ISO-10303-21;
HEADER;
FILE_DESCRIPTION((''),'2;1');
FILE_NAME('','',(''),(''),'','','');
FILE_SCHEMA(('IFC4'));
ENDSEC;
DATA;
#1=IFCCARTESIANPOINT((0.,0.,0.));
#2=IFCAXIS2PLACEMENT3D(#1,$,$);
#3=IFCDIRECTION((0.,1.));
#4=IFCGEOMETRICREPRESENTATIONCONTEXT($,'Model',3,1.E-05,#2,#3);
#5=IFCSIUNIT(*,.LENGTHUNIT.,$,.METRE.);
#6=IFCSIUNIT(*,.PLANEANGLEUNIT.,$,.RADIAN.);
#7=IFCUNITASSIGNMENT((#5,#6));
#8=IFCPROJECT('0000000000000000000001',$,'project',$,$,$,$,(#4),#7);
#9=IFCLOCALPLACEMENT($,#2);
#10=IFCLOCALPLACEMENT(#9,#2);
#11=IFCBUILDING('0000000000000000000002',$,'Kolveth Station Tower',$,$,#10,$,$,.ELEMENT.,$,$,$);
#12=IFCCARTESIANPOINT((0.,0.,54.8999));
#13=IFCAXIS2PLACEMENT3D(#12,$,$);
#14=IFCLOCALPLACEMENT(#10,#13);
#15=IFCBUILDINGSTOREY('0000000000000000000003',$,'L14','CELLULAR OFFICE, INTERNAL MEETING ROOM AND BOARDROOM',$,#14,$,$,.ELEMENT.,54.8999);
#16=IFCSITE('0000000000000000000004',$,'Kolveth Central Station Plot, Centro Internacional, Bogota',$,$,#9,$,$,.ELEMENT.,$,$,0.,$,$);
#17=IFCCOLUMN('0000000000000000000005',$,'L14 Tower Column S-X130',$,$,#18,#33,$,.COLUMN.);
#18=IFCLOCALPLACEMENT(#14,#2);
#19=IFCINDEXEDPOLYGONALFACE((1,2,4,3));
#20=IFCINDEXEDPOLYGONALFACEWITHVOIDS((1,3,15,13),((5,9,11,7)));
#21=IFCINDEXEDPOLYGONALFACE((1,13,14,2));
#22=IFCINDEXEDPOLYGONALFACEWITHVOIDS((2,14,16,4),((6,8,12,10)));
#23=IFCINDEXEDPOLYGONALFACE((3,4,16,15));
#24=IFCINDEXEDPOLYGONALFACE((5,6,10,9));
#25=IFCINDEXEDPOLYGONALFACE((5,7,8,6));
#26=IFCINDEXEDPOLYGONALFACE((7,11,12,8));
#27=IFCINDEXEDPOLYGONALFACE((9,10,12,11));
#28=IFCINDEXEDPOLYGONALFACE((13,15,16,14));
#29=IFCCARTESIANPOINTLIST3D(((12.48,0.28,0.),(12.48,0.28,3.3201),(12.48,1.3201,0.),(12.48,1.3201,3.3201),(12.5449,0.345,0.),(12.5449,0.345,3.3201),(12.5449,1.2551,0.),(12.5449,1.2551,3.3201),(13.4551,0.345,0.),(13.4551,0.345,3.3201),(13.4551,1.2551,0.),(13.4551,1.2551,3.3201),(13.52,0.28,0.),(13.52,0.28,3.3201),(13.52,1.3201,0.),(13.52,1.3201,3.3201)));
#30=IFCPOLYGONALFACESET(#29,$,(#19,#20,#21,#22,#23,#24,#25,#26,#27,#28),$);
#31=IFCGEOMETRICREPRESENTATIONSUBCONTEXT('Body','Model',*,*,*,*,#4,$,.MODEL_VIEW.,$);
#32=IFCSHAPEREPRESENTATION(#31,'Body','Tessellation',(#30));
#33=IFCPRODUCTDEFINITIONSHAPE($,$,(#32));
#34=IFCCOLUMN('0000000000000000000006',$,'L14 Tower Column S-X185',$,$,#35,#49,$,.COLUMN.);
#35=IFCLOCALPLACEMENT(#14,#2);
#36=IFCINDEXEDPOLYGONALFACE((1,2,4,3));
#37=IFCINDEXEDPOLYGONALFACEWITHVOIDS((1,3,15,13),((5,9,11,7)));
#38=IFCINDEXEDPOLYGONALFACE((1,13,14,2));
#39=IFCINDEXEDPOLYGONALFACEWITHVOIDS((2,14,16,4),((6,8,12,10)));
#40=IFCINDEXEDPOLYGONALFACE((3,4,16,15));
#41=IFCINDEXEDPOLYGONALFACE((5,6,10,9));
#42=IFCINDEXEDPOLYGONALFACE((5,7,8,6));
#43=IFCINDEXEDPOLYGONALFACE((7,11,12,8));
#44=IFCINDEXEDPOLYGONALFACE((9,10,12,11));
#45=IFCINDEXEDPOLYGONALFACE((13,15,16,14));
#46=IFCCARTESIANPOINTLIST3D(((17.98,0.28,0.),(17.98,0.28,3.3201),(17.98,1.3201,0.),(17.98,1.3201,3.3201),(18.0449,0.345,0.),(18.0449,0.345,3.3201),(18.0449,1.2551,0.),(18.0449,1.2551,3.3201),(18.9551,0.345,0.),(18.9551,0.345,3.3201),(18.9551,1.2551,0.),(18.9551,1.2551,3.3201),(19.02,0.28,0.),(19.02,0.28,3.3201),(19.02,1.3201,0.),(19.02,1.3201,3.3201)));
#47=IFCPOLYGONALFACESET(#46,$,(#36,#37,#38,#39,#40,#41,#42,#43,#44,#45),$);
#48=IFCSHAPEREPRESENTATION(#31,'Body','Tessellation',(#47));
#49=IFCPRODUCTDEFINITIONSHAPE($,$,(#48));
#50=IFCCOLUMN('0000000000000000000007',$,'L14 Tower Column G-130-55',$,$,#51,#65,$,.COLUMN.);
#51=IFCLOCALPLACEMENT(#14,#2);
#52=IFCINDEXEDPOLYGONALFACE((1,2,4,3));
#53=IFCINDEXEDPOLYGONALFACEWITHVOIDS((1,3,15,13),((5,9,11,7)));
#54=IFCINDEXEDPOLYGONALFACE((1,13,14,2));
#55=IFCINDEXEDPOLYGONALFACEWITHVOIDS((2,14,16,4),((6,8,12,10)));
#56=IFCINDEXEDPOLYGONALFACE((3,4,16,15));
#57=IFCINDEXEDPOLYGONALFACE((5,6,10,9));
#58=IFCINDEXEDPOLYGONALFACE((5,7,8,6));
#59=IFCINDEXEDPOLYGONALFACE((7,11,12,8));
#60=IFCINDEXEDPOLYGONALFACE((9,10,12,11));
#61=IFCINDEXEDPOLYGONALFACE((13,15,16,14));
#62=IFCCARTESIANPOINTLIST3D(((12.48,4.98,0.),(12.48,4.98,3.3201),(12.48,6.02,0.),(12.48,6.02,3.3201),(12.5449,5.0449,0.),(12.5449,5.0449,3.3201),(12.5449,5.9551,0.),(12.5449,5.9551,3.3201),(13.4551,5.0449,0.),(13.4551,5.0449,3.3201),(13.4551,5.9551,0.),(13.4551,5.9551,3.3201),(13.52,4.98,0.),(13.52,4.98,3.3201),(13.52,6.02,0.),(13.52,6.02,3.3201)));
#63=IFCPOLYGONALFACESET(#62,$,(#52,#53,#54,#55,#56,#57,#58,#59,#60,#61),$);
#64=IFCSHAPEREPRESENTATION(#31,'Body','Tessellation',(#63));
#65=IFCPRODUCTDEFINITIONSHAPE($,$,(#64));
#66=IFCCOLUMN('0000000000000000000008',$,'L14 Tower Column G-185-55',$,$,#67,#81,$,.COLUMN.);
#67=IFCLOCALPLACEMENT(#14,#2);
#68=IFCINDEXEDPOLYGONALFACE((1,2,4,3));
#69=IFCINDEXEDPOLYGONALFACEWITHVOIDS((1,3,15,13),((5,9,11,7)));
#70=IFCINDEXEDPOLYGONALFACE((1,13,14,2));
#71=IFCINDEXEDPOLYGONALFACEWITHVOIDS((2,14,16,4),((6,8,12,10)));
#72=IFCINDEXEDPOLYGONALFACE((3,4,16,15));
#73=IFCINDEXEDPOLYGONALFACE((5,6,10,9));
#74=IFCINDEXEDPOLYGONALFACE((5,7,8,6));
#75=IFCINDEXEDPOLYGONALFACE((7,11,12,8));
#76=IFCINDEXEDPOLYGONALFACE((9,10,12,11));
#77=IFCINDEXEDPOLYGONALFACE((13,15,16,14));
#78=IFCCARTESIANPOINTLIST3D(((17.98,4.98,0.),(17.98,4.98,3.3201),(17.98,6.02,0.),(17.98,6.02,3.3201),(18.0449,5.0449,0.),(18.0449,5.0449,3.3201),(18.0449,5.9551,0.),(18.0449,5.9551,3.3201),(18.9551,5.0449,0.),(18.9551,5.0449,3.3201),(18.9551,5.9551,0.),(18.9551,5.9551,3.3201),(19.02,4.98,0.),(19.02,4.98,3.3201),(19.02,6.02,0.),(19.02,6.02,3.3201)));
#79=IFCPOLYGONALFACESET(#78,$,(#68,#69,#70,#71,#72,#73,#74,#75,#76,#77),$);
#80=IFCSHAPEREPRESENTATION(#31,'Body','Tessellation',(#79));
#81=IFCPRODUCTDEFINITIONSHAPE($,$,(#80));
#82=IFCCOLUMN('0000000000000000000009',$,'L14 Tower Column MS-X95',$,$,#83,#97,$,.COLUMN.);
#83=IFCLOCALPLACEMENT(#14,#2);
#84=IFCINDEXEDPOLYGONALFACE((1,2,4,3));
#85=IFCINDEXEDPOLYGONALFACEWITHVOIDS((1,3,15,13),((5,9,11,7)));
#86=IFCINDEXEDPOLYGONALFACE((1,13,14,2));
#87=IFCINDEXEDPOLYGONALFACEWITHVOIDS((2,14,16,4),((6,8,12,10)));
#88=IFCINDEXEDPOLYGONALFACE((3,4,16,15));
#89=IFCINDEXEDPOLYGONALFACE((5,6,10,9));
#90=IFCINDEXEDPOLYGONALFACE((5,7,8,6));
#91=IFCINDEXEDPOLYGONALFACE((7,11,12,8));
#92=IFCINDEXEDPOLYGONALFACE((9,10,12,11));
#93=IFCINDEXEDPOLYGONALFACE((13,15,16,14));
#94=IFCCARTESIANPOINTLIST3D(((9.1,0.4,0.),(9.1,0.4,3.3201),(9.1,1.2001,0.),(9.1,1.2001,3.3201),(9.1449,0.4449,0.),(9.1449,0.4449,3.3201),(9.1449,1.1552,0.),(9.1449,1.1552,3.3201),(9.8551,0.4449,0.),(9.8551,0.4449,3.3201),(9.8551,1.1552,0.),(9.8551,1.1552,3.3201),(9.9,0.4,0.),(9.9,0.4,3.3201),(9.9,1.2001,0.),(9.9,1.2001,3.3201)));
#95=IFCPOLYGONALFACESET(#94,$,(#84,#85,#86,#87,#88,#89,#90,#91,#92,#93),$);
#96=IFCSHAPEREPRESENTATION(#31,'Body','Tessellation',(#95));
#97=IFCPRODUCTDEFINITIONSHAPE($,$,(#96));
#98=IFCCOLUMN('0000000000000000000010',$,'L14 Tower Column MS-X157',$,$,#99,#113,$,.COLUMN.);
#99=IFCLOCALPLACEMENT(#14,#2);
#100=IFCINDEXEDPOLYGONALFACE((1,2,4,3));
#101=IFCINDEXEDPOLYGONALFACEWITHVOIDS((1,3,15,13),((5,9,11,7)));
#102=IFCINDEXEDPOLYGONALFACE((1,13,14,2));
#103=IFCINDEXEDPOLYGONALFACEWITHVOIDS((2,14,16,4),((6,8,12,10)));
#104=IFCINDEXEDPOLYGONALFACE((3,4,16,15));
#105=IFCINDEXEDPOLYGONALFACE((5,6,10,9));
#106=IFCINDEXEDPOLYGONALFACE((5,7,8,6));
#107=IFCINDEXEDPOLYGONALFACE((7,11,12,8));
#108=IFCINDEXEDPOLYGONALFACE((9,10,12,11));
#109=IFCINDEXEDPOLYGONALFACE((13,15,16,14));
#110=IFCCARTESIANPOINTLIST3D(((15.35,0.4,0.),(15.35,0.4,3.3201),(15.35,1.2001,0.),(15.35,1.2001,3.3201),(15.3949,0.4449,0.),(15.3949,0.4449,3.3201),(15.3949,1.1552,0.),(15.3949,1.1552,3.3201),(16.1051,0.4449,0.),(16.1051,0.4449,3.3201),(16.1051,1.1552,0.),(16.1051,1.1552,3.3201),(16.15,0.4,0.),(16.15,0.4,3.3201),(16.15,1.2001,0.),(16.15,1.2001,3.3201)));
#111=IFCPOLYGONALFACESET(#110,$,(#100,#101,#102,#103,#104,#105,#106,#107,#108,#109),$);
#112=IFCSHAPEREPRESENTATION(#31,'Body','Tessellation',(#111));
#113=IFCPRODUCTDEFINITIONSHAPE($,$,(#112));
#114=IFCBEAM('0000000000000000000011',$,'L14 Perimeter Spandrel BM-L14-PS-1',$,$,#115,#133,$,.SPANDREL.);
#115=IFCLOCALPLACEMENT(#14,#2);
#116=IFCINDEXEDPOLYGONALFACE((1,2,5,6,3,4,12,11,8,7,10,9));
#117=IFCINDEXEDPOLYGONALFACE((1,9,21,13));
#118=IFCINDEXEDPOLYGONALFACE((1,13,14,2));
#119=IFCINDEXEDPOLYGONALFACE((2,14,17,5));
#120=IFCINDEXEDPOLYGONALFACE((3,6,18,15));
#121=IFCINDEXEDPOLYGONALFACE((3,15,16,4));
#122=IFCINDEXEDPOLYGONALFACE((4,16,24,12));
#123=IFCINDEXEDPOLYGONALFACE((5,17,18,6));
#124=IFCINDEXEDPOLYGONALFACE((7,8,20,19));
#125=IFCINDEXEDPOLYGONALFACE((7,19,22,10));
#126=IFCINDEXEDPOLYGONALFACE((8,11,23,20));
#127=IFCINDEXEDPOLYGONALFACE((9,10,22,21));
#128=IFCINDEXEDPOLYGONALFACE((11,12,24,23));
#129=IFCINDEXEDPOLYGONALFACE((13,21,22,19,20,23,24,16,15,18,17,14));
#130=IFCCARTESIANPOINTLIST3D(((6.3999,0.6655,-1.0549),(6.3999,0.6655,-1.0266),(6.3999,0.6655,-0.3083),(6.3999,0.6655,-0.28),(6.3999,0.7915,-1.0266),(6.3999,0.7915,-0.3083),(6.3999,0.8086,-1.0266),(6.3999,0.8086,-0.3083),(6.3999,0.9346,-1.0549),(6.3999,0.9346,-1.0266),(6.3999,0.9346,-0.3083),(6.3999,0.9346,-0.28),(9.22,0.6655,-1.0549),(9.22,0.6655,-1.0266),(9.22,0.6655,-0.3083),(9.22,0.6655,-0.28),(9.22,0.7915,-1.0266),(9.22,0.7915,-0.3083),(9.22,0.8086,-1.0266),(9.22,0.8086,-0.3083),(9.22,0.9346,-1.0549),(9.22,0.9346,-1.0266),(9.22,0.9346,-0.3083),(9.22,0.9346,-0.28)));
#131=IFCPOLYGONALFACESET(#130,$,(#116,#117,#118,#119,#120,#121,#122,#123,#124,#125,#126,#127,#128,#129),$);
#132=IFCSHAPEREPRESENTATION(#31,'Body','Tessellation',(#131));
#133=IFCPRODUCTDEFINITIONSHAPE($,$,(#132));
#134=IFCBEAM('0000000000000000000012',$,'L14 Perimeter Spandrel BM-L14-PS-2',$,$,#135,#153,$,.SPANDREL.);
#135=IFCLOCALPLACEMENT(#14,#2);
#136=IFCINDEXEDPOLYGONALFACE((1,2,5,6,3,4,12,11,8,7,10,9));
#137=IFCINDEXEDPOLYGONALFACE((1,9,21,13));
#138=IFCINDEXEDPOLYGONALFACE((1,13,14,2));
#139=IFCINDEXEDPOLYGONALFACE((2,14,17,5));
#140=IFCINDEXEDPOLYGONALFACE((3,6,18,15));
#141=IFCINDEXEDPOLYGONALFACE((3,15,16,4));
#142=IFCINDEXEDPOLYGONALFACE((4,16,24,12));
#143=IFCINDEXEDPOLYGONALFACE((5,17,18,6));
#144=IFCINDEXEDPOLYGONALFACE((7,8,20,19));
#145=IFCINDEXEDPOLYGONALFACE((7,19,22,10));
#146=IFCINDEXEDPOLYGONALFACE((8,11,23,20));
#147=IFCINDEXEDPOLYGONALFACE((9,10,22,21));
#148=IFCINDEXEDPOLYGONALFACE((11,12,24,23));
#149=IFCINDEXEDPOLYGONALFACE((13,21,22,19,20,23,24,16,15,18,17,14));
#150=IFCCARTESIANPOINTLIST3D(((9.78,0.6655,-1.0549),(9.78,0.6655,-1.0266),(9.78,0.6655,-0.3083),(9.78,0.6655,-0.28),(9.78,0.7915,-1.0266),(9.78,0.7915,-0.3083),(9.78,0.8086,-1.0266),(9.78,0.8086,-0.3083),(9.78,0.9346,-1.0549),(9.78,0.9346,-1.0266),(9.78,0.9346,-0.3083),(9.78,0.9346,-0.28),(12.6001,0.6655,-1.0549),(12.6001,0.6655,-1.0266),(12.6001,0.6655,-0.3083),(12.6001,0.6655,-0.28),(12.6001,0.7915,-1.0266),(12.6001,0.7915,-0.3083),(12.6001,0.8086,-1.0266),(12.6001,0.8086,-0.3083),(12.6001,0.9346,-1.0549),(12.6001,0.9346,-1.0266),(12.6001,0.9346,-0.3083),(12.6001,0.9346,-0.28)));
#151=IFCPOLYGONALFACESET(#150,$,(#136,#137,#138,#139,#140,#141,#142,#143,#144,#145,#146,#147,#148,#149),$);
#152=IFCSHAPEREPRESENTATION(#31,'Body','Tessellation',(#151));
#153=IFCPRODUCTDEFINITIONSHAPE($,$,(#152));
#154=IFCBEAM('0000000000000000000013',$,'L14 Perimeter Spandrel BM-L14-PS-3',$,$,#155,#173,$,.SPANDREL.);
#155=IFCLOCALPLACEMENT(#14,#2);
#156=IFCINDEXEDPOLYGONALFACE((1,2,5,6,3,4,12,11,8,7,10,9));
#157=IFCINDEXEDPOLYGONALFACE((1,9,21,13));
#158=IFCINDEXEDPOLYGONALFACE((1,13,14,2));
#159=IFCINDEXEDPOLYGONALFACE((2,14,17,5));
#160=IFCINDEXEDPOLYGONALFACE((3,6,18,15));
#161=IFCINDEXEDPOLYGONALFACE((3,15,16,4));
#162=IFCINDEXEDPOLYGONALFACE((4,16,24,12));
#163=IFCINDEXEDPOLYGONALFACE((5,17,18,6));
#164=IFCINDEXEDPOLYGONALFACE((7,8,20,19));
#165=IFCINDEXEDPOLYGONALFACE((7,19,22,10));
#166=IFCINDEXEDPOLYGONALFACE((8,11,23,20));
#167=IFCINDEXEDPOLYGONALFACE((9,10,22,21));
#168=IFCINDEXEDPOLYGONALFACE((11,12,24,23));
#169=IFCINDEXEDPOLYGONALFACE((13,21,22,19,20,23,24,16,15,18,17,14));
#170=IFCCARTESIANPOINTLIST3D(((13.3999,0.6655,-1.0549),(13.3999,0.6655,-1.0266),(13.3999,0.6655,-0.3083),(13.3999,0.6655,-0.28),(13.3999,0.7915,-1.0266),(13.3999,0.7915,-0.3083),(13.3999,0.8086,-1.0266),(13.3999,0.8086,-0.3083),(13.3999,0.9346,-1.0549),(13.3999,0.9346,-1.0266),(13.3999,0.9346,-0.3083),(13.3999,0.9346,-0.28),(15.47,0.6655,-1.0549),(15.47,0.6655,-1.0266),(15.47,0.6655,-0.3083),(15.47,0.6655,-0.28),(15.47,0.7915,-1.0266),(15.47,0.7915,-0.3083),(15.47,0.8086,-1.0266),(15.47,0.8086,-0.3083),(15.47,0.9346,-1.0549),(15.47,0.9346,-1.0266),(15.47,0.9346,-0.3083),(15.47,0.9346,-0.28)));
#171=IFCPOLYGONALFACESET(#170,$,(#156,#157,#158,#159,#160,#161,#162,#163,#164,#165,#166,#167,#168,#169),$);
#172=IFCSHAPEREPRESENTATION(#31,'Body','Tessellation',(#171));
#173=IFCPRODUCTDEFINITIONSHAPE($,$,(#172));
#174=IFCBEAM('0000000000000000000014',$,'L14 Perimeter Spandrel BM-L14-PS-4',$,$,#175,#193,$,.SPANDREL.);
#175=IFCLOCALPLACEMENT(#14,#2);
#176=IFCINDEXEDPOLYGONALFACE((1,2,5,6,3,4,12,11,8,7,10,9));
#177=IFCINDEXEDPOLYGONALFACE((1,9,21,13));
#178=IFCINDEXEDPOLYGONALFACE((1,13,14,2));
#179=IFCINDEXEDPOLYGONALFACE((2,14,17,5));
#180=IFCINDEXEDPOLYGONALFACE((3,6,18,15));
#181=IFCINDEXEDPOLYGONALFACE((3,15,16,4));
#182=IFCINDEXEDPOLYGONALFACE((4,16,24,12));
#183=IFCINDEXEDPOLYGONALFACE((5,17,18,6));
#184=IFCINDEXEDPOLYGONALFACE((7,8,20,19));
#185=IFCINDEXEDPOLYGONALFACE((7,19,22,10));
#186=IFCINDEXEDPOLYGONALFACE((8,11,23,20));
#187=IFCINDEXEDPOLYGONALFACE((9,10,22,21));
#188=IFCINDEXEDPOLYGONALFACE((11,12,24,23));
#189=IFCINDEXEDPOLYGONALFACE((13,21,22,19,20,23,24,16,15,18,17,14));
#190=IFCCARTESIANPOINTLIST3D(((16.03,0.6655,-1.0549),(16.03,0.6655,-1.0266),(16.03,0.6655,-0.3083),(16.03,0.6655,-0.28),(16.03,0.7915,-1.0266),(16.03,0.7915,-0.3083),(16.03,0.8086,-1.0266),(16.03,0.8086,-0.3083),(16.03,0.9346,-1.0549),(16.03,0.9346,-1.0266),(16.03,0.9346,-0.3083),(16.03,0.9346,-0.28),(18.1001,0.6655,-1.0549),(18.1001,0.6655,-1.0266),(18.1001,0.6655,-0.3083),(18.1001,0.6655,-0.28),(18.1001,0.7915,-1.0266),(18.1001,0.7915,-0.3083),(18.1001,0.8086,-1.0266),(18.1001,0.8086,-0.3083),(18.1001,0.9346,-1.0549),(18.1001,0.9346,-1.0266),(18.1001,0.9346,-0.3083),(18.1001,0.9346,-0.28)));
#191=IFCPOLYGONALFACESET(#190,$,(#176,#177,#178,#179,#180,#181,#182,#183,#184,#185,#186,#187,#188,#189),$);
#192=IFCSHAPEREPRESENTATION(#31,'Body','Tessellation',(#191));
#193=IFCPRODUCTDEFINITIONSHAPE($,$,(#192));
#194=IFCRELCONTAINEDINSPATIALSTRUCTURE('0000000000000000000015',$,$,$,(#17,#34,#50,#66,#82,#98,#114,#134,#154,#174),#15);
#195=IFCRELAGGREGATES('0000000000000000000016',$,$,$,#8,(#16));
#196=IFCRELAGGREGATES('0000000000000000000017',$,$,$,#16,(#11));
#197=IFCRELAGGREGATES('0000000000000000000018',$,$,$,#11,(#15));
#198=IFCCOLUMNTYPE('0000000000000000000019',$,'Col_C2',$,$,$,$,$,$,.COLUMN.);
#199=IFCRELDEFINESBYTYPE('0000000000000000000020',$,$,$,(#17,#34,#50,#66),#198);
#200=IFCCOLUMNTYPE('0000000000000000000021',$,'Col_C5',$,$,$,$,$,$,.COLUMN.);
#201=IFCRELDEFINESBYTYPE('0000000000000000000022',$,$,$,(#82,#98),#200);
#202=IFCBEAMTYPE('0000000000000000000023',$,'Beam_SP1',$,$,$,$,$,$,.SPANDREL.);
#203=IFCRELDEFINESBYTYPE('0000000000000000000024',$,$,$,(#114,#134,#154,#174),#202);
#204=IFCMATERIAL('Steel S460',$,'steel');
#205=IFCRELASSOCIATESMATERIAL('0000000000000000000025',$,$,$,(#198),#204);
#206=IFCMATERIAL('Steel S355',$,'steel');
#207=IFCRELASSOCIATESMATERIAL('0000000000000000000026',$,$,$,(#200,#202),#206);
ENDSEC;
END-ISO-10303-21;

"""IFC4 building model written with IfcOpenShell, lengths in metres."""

from ifc_helpers import new_model, si_unit, direction, frame, origin, origin_2d, place, context, subcontext, project, spatial, hollow_rectangle, i_section, extrude, source, transform, mapped, material, material_profile, profile_set, type_object, element, save


model = new_model("IFC4")

# Units and contexts
model_context = context("Model", 3, precision=1e-05, world=origin(), true_north=direction((0.0, 1.0)))
body_context = subcontext(model_context, "Body", "Model", "MODEL_VIEW")
ifc_project = project(units=[si_unit("LENGTHUNIT", "METRE"), si_unit("PLANEANGLEUNIT", "RADIAN")], contexts=[model_context])

# Site, building, storey
site_placement = place(None, origin())
site = spatial("IfcSite", under=ifc_project, at=site_placement, Name="Kolveth Central Station Plot, Centro Internacional, Bogota", CompositionType="ELEMENT", RefElevation=0.0)
building_placement = place(site_placement, origin())
building = spatial("IfcBuilding", under=site, at=building_placement, Name="Kolveth Station Tower", CompositionType="ELEMENT")
storey_placement = place(building_placement, frame((0.0, 0.0, 54.8999)))
storey = spatial("IfcBuildingStorey", under=building, at=storey_placement, Name="L14", Description="CELLULAR OFFICE, INTERNAL MEETING ROOM AND BOARDROOM", CompositionType="ELEMENT", Elevation=54.8999)

# Columns
ifc_material_1 = material(Name="Steel S460", Category="steel")
ifc_material_profile_1 = material_profile(ifc_material_1, hollow_rectangle(XDim=1.04, YDim=1.04, WallThickness=0.0649, at=origin_2d()), Name="BOX1040x1040x65")
ifc_profile_set_1 = profile_set([ifc_material_profile_1], Name="Steel S460")
column_type_1 = type_object("IfcColumnType", Name="Col_C2", PredefinedType="COLUMN", material=ifc_profile_set_1)
shared_shape_1 = source(origin(), body_context, "Body", "SweptSolid", [
    extrude(hollow_rectangle(XDim=1.04, YDim=1.04, WallThickness=0.0649, at=origin_2d()), origin(), (0.0, 0.0, 1.0), 3.3201),
])
for number, where, z_axis, x_axis, name in (
    (1, (13.0, 0.8, 0.0), (0.0, 0.0, 1.0), (1.0, 0.0, 0.0), "L14 Tower Column S-X130"),
    (2, (18.5, 0.8, 0.0), (0.0, 0.0, 1.0), (1.0, 0.0, 0.0), "L14 Tower Column S-X185"),
    (3, (13.0, 5.5, 0.0), (0.0, 0.0, 1.0), (1.0, 0.0, 0.0), "L14 Tower Column G-130-55"),
    (4, (18.5, 5.5, 0.0), (0.0, 0.0, 1.0), (1.0, 0.0, 0.0), "L14 Tower Column G-185-55"),
):
    element("IfcColumn", number, at=place(storey_placement, frame(where, z_axis=z_axis, x_axis=x_axis)), inside=storey, type_object=column_type_1, Name=name, PredefinedType="COLUMN", context=body_context, shape_type="MappedRepresentation", body=[
        mapped(shared_shape_1, transform((0.0, 0.0, 0.0), x_axis=(1.0, 0.0, 0.0), y_axis=(0.0, 1.0, 0.0), z_axis=(0.0, 0.0, 1.0), scale=1.0)),
    ])
ifc_material_2 = material(Name="Steel S355", Category="steel")
ifc_material_profile_2 = material_profile(ifc_material_2, hollow_rectangle(XDim=0.8, YDim=0.8, WallThickness=0.0449, at=origin_2d()), Name="BOX800x800x45")
ifc_profile_set_2 = profile_set([ifc_material_profile_2], Name="Steel S355")
column_type_2 = type_object("IfcColumnType", Name="Col_C5", PredefinedType="COLUMN", material=ifc_profile_set_2)
shared_shape_2 = source(origin(), body_context, "Body", "SweptSolid", [
    extrude(hollow_rectangle(XDim=0.8, YDim=0.8, WallThickness=0.0449, at=origin_2d()), origin(), (0.0, 0.0, 1.0), 3.3201),
])
for number, where, z_axis, x_axis, name in (
    (5, (9.5, 0.8, 0.0), (0.0, 0.0, 1.0), (1.0, 0.0, 0.0), "L14 Tower Column MS-X95"),
    (6, (15.75, 0.8, 0.0), (0.0, 0.0, 1.0), (1.0, 0.0, 0.0), "L14 Tower Column MS-X157"),
):
    element("IfcColumn", number, at=place(storey_placement, frame(where, z_axis=z_axis, x_axis=x_axis)), inside=storey, type_object=column_type_2, Name=name, PredefinedType="COLUMN", context=body_context, shape_type="MappedRepresentation", body=[
        mapped(shared_shape_2, transform((0.0, 0.0, 0.0), x_axis=(1.0, 0.0, 0.0), y_axis=(0.0, 1.0, 0.0), z_axis=(0.0, 0.0, 1.0), scale=1.0)),
    ])

# Beams
ifc_material_profile_3 = material_profile(ifc_material_2, i_section(OverallWidth=0.269, OverallDepth=0.7749, WebThickness=0.0171, FlangeThickness=0.0283, at=origin_2d()), Name="W760x220")
ifc_profile_set_3 = profile_set([ifc_material_profile_3], Name="Steel S355")
beam_type_1 = type_object("IfcBeamType", Name="Beam_SP1", PredefinedType="SPANDREL", material=ifc_profile_set_3)
shared_shape_3 = source(origin(), body_context, "Body", "SweptSolid", [
    extrude(i_section(OverallWidth=0.269, OverallDepth=0.7749, WebThickness=0.0171, FlangeThickness=0.0283, at=origin_2d()), origin(), (0.0, 0.0, 1.0), 2.8201),
])
for number, where, z_axis, x_axis, name in (
    (7, (6.3999, 0.8, -0.6675), (1.0, 0.0, 0.0), (0.0, 1.0, 0.0), "L14 Perimeter Spandrel BM-L14-PS-1"),
    (8, (9.78, 0.8, -0.6675), (1.0, 0.0, 0.0), (0.0, 1.0, 0.0), "L14 Perimeter Spandrel BM-L14-PS-2"),
):
    element("IfcBeam", number, at=place(storey_placement, frame(where, z_axis=z_axis, x_axis=x_axis)), inside=storey, type_object=beam_type_1, Name=name, PredefinedType="SPANDREL", context=body_context, shape_type="MappedRepresentation", body=[
        mapped(shared_shape_3, transform((0.0, 0.0, 0.0), x_axis=(1.0, 0.0, 0.0), y_axis=(0.0, 1.0, 0.0), z_axis=(0.0, 0.0, 1.0), scale=1.0)),
    ])
shared_shape_4 = source(origin(), body_context, "Body", "SweptSolid", [
    extrude(i_section(OverallWidth=0.269, OverallDepth=0.7749, WebThickness=0.0171, FlangeThickness=0.0283, at=origin_2d()), origin(), (0.0, 0.0, 1.0), 2.0701),
])
for number, where, z_axis, x_axis, name in (
    (9, (13.3999, 0.8, -0.6675), (1.0, 0.0, 0.0), (0.0, 1.0, 0.0), "L14 Perimeter Spandrel BM-L14-PS-3"),
    (10, (16.03, 0.8, -0.6675), (1.0, 0.0, 0.0), (0.0, 1.0, 0.0), "L14 Perimeter Spandrel BM-L14-PS-4"),
):
    element("IfcBeam", number, at=place(storey_placement, frame(where, z_axis=z_axis, x_axis=x_axis)), inside=storey, type_object=beam_type_1, Name=name, PredefinedType="SPANDREL", context=body_context, shape_type="MappedRepresentation", body=[
        mapped(shared_shape_4, transform((0.0, 0.0, 0.0), x_axis=(1.0, 0.0, 0.0), y_axis=(0.0, 1.0, 0.0), z_axis=(0.0, 0.0, 1.0), scale=1.0)),
    ])

save(model, "model.ifc")
